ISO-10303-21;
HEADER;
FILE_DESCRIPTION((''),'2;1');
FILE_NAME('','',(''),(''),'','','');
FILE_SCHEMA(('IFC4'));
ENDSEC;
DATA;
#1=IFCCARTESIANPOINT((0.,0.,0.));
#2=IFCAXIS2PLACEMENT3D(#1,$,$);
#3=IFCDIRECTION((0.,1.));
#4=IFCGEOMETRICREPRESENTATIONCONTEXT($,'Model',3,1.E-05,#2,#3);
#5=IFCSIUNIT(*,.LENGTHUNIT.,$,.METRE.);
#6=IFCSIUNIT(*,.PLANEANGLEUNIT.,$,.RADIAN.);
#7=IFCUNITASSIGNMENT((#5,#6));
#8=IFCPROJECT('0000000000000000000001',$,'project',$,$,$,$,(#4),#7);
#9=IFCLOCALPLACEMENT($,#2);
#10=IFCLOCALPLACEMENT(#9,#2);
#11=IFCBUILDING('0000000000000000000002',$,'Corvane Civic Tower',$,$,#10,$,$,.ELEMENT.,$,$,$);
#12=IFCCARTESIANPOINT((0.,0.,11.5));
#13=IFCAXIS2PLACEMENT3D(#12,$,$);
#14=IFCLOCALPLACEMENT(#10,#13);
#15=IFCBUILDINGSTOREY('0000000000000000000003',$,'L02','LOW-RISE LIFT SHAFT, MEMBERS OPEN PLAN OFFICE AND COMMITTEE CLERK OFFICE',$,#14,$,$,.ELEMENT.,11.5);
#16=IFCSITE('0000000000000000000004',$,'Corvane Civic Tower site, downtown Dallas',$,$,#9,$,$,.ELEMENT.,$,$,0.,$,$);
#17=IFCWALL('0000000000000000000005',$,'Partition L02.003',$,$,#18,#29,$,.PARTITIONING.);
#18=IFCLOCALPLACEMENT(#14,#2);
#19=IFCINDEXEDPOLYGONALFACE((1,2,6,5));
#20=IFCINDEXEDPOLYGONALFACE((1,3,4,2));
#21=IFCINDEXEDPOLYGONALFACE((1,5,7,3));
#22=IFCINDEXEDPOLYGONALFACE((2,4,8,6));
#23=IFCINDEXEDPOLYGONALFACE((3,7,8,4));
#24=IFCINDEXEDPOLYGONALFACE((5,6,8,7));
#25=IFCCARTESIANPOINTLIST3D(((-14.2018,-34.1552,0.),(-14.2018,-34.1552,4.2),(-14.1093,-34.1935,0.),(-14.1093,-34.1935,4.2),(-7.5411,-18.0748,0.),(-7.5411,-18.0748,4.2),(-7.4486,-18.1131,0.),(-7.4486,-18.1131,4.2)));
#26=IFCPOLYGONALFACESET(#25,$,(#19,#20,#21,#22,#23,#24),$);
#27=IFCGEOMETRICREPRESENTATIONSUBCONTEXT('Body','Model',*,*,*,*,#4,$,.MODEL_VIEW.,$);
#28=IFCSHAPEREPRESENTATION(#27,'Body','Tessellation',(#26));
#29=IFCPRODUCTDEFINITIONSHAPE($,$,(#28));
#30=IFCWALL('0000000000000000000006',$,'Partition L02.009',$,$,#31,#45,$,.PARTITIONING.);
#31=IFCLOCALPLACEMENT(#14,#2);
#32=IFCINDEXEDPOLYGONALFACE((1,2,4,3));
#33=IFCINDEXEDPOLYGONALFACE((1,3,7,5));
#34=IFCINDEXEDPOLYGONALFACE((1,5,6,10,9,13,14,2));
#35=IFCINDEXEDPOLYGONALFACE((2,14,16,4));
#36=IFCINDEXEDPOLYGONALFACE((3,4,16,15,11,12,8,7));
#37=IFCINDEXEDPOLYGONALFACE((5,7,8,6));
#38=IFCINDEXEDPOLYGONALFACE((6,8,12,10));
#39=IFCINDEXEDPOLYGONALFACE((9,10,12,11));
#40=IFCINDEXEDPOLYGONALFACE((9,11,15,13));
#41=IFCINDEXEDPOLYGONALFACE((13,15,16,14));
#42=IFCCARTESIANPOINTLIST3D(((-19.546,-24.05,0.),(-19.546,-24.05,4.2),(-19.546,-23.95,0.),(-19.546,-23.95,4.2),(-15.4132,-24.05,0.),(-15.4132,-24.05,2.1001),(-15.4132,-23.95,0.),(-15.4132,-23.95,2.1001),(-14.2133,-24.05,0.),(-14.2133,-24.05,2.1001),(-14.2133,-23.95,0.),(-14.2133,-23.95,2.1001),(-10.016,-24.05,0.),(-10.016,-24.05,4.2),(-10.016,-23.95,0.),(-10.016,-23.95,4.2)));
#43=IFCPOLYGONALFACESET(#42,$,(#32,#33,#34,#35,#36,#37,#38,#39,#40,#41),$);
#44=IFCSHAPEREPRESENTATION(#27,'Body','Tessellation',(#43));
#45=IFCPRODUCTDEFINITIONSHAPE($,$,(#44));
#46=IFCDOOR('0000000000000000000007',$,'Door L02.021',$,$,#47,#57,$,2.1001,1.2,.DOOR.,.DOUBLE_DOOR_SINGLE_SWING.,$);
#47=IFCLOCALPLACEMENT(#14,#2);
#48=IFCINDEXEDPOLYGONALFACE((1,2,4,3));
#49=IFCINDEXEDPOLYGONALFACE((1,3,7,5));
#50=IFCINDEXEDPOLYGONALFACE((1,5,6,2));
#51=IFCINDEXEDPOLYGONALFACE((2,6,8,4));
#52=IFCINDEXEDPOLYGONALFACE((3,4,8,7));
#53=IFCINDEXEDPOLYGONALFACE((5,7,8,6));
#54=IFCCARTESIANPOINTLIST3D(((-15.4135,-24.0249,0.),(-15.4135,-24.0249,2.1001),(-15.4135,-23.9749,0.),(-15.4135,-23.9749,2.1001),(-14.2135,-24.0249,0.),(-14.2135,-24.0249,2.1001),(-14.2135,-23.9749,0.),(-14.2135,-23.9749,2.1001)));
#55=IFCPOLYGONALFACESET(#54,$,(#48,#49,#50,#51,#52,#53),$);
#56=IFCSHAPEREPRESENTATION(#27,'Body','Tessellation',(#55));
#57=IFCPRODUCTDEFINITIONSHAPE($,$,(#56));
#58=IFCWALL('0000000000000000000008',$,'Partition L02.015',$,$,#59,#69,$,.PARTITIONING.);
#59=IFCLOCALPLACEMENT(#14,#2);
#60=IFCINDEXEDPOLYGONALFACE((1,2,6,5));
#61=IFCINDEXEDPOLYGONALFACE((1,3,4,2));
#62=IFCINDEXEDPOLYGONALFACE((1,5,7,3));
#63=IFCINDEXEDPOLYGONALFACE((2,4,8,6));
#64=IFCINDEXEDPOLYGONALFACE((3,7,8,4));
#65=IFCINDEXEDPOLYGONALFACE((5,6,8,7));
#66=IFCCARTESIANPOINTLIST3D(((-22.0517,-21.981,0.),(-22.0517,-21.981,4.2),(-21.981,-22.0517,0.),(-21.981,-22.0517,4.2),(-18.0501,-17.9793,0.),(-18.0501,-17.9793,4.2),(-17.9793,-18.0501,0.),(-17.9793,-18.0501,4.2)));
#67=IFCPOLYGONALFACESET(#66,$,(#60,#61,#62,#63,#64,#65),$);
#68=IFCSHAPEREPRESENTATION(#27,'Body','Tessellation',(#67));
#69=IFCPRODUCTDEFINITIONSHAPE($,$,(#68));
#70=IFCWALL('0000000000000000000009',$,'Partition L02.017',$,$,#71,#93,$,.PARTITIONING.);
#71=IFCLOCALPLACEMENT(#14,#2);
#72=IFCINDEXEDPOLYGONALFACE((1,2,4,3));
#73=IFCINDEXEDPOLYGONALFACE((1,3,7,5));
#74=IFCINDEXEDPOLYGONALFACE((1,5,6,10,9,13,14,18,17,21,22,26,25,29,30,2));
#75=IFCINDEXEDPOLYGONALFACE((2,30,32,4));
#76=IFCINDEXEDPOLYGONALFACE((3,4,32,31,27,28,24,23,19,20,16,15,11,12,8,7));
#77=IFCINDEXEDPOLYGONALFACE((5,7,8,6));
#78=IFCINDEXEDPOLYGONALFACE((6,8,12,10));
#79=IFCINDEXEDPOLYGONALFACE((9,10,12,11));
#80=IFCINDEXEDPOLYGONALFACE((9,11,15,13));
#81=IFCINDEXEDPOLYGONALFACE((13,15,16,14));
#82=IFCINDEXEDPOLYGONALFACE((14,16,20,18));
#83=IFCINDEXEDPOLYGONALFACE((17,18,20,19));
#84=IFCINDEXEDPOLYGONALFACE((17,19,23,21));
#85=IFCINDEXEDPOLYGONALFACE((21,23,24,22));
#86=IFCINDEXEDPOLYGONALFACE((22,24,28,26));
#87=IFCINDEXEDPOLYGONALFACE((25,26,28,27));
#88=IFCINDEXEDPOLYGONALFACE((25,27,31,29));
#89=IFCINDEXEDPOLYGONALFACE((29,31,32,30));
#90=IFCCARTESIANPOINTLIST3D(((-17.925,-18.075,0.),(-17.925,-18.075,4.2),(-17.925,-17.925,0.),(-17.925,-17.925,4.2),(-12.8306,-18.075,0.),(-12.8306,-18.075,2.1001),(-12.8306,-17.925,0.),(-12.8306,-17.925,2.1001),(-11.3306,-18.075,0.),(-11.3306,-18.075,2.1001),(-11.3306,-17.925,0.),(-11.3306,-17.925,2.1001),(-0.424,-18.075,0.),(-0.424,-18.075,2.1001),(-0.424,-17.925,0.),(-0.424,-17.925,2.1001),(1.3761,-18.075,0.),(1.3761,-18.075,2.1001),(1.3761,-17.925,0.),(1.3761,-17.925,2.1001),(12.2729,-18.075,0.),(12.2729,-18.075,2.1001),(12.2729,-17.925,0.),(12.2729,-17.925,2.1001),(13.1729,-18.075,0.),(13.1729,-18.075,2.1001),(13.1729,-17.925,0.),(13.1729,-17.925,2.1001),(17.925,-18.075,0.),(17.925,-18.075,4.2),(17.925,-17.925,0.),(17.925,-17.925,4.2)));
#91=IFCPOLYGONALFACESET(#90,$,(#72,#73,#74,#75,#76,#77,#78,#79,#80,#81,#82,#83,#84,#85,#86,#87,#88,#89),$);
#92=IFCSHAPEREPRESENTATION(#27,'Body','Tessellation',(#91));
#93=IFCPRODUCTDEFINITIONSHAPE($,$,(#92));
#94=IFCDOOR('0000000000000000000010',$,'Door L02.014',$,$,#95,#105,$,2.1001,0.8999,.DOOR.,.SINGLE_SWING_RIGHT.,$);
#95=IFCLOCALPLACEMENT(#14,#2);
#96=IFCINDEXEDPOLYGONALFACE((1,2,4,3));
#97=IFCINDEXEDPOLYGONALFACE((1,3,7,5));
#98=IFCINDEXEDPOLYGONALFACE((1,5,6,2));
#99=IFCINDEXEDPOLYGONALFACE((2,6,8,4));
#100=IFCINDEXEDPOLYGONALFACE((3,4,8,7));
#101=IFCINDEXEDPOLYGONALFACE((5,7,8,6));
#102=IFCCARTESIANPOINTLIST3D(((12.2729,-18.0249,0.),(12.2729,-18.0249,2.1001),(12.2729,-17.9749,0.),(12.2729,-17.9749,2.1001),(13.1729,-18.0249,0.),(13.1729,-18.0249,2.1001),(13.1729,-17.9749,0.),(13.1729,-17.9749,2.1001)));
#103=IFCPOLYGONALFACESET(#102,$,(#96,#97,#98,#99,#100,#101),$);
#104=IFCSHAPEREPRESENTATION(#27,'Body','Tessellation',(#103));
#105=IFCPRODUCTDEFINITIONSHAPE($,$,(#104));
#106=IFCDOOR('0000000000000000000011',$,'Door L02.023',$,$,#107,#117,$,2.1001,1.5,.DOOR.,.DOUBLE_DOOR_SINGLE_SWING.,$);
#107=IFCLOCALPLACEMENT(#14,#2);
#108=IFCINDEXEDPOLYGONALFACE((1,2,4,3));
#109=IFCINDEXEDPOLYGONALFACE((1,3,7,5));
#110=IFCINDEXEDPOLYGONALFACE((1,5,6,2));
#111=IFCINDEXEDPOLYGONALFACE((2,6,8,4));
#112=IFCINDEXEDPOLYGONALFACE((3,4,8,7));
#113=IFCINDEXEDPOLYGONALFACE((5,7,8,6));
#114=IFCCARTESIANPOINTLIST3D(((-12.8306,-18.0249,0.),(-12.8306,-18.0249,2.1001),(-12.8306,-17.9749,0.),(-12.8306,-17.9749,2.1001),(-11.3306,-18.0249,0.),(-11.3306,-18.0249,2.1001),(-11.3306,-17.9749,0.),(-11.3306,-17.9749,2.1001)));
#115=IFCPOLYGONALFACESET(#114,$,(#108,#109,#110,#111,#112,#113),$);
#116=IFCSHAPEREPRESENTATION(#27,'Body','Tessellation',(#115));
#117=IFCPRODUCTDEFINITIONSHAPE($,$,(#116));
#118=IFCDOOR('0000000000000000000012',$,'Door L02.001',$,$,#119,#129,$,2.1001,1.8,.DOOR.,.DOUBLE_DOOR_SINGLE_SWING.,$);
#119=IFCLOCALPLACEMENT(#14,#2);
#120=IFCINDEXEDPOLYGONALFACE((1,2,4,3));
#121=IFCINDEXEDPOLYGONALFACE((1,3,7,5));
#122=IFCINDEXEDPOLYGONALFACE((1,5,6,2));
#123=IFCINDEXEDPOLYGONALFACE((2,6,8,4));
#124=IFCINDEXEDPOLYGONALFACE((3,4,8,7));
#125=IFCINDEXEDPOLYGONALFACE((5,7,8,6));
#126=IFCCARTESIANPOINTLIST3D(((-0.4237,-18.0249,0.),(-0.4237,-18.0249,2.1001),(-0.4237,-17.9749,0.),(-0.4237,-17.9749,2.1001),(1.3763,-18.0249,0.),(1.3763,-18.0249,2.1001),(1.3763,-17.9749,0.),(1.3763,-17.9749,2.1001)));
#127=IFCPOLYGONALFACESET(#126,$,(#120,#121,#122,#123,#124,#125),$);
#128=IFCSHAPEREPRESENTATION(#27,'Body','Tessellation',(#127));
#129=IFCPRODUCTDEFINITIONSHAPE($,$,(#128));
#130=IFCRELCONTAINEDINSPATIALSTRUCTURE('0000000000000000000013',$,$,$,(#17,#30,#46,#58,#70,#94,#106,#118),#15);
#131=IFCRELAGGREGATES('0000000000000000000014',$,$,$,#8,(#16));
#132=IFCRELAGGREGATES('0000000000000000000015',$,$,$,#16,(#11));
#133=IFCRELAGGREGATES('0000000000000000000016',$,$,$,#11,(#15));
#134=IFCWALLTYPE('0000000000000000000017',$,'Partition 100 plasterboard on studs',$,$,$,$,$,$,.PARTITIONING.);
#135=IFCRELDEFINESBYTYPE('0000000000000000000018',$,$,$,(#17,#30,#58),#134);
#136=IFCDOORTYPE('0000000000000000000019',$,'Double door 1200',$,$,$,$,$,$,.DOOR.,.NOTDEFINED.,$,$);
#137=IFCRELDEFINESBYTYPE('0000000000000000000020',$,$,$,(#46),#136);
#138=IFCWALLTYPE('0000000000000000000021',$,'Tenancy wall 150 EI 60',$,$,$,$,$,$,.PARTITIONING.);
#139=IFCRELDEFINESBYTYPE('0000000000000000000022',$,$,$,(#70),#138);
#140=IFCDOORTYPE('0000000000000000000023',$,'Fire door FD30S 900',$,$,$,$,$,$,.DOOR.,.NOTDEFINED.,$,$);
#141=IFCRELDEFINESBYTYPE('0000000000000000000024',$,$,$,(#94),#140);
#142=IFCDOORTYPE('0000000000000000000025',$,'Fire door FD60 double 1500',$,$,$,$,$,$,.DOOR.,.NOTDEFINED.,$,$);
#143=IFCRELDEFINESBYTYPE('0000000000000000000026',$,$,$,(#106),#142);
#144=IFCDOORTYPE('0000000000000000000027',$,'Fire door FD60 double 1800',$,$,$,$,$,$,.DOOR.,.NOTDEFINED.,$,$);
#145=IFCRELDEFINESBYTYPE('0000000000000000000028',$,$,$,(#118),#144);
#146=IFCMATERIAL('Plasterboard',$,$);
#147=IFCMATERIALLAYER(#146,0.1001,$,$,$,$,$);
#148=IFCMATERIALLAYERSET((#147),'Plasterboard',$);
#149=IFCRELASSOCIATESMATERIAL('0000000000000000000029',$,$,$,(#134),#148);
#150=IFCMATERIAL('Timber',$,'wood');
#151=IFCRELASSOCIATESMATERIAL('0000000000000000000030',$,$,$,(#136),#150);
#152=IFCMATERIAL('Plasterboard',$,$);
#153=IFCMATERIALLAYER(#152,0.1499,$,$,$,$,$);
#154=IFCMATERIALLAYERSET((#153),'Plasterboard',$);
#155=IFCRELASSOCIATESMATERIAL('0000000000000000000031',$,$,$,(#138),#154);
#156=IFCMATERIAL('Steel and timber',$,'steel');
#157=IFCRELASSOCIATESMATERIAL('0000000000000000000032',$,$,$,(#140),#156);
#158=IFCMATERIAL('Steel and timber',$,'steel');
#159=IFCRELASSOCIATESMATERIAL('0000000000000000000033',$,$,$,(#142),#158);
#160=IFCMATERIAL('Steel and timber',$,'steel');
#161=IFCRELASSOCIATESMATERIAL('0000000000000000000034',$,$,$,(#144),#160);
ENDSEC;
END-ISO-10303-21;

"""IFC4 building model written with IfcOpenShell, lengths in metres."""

from ifc_helpers import new_model, si_unit, direction, frame, frame_2d, origin, place, context, subcontext, project, spatial, rectangle, extrude, material, layer, layer_set, type_object, element, fill, save


model = new_model("IFC4")

# Units and contexts
model_context = context("Model", 3, precision=1e-05, world=origin(), true_north=direction((0.0, 1.0)))
body_context = subcontext(model_context, "Body", "Model", "MODEL_VIEW")
ifc_project = project(units=[si_unit("LENGTHUNIT", "METRE"), si_unit("PLANEANGLEUNIT", "RADIAN")], contexts=[model_context])

# Site, building, storey
site_placement = place(None, origin())
site = spatial("IfcSite", under=ifc_project, at=site_placement, Name="Corvane Civic Tower site, downtown Dallas", CompositionType="ELEMENT", RefElevation=0.0)
building_placement = place(site_placement, origin())
building = spatial("IfcBuilding", under=site, at=building_placement, Name="Corvane Civic Tower", CompositionType="ELEMENT")
storey_placement = place(building_placement, frame((0.0, 0.0, 11.5)))
storey = spatial("IfcBuildingStorey", under=building, at=storey_placement, Name="L02", Description="LOW-RISE LIFT SHAFT, MEMBERS OPEN PLAN OFFICE AND COMMITTEE CLERK OFFICE", CompositionType="ELEMENT", Elevation=11.5)

# Wall
ifc_material_1 = material(Name="Plasterboard")
ifc_layer_1 = layer(ifc_material_1, 0.1001)
ifc_layer_set_1 = layer_set([ifc_layer_1], Name="Plasterboard")
wall_type_1 = type_object("IfcWallType", Name="Partition 100 plasterboard on studs", PredefinedType="PARTITIONING", material=ifc_layer_set_1)
wall_1_placement = place(storey_placement, frame((-14.1555, -34.1743, 0.0), z_axis=(0.0, 0.0, 1.0), x_axis=(0.382681, 0.92388, 0.0)))
element("IfcWall", 1, at=wall_1_placement, inside=storey, type_object=wall_type_1, Name="Partition L02.003", PredefinedType="PARTITIONING", context=body_context, shape_type="SweptSolid", body=[
    extrude(rectangle(XDim=17.4053, YDim=0.1001, at=frame_2d((8.7026, 0.0))), origin(), (0.0, 0.0, 1.0), 4.2),
])

# Wall, opening, door
wall_2_placement = place(storey_placement, frame((-19.5461, -24.0, 0.0), z_axis=(0.0, 0.0, 1.0), x_axis=(1.0, 0.0, 0.0)))
wall_2 = element("IfcWall", 2, at=wall_2_placement, inside=storey, type_object=wall_type_1, Name="Partition L02.009", PredefinedType="PARTITIONING", context=body_context, shape_type="SweptSolid", body=[
    extrude(rectangle(XDim=9.53, YDim=0.1001, at=frame_2d((4.7651, 0.0))), origin(), (0.0, 0.0, 1.0), 4.2),
])
opening_1_placement = place(wall_2_placement, frame((4.1328, 0.0, 0.0)))
opening_1 = element("IfcOpeningElement", 3, at=opening_1_placement, cuts=wall_2, PredefinedType="OPENING", context=body_context, shape_type="SweptSolid", body=[
    extrude(rectangle(XDim=1.2, YDim=2.1001, at=frame_2d((0.6001, 1.05))), frame((0.0, 0.0601, 0.0), z_axis=(0.0, -1.0, 0.0), x_axis=(1.0, 0.0, 0.0)), (0.0, 0.0, 1.0), 0.1201),
])
ifc_material_2 = material(Name="Timber", Category="wood")
door_type_1 = type_object("IfcDoorType", Name="Double door 1200", OperationType="NOTDEFINED", PredefinedType="DOOR", material=ifc_material_2)
door_1_placement = place(opening_1_placement, frame((1.2, 0.0, 0.0), z_axis=(0.0, 0.0, 1.0), x_axis=(-1.0, 0.0, 0.0)))
door_1 = element("IfcDoor", 4, at=door_1_placement, inside=storey, type_object=door_type_1, Name="Door L02.021", OperationType="DOUBLE_DOOR_SINGLE_SWING", OverallHeight=2.1001, OverallWidth=1.2, PredefinedType="DOOR", context=body_context, shape_type="SweptSolid", body=[
    extrude(rectangle(XDim=1.2, YDim=2.1001, at=frame_2d((0.6001, 1.05))), frame((0.0, 0.0249, 0.0), z_axis=(0.0, -1.0, 0.0), x_axis=(1.0, 0.0, 0.0)), (0.0, 0.0, 1.0), 0.05),
])
fill(opening_1, door_1)

# Wall
wall_3_placement = place(storey_placement, frame((-22.0164, -22.0164, 0.0), z_axis=(0.0, 0.0, 1.0), x_axis=(0.707107, 0.707107, 0.0)))
element("IfcWall", 5, at=wall_3_placement, inside=storey, type_object=wall_type_1, Name="Partition L02.015", PredefinedType="PARTITIONING", context=body_context, shape_type="SweptSolid", body=[
    extrude(rectangle(XDim=5.6592, YDim=0.1001, at=frame_2d((2.8296, 0.0))), origin(), (0.0, 0.0, 1.0), 4.2),
])

# Wall, openings, doors
ifc_material_3 = material(Name="Plasterboard")
ifc_layer_2 = layer(ifc_material_3, 0.1499)
ifc_layer_set_2 = layer_set([ifc_layer_2], Name="Plasterboard")
wall_type_2 = type_object("IfcWallType", Name="Tenancy wall 150 EI 60", PredefinedType="PARTITIONING", material=ifc_layer_set_2)
wall_4_placement = place(storey_placement, frame((-17.925, -18.0, 0.0), z_axis=(0.0, 0.0, 1.0), x_axis=(1.0, 0.0, 0.0)))
wall_4 = element("IfcWall", 6, at=wall_4_placement, inside=storey, type_object=wall_type_2, Name="Partition L02.017", PredefinedType="PARTITIONING", context=body_context, shape_type="SweptSolid", body=[
    extrude(rectangle(XDim=35.8501, YDim=0.1499, at=frame_2d((17.925, 0.0))), origin(), (0.0, 0.0, 1.0), 4.2),
])
opening_2_placement = place(wall_4_placement, frame((17.5012, 0.0, 0.0)))
opening_2 = element("IfcOpeningElement", 7, at=opening_2_placement, cuts=wall_4, PredefinedType="OPENING", context=body_context, shape_type="SweptSolid", body=[
    extrude(rectangle(XDim=1.8, YDim=2.1001, at=frame_2d((0.8999, 1.05))), frame((0.0, 0.085, 0.0), z_axis=(0.0, -1.0, 0.0), x_axis=(1.0, 0.0, 0.0)), (0.0, 0.0, 1.0), 0.1699),
])
opening_3_placement = place(wall_4_placement, frame((30.198, 0.0, 0.0)))
opening_3 = element("IfcOpeningElement", 8, at=opening_3_placement, cuts=wall_4, PredefinedType="OPENING", context=body_context, shape_type="SweptSolid", body=[
    extrude(rectangle(XDim=0.8999, YDim=2.1001, at=frame_2d((0.45, 1.05))), frame((0.0, 0.085, 0.0), z_axis=(0.0, -1.0, 0.0), x_axis=(1.0, 0.0, 0.0)), (0.0, 0.0, 1.0), 0.1699),
])
opening_4_placement = place(wall_4_placement, frame((5.0945, 0.0, 0.0)))
opening_4 = element("IfcOpeningElement", 9, at=opening_4_placement, cuts=wall_4, PredefinedType="OPENING", context=body_context, shape_type="SweptSolid", body=[
    extrude(rectangle(XDim=1.5, YDim=2.1001, at=frame_2d((0.75, 1.05))), frame((0.0, 0.085, 0.0), z_axis=(0.0, -1.0, 0.0), x_axis=(1.0, 0.0, 0.0)), (0.0, 0.0, 1.0), 0.1699),
])
ifc_material_4 = material(Name="Steel and timber", Category="steel")
door_type_2 = type_object("IfcDoorType", Name="Fire door FD30S 900", OperationType="NOTDEFINED", PredefinedType="DOOR", material=ifc_material_4)
door_2_placement = place(opening_3_placement, frame((0.8999, 0.0, 0.0), z_axis=(0.0, 0.0, 1.0), x_axis=(-1.0, 0.0, 0.0)))
door_2 = element("IfcDoor", 10, at=door_2_placement, inside=storey, type_object=door_type_2, Name="Door L02.014", OperationType="SINGLE_SWING_RIGHT", OverallHeight=2.1001, OverallWidth=0.8999, PredefinedType="DOOR", context=body_context, shape_type="SweptSolid", body=[
    extrude(rectangle(XDim=0.8999, YDim=2.1001, at=frame_2d((0.45, 1.05))), frame((0.0, 0.0249, 0.0), z_axis=(0.0, -1.0, 0.0), x_axis=(1.0, 0.0, 0.0)), (0.0, 0.0, 1.0), 0.05),
])
fill(opening_3, door_2)
ifc_material_5 = material(Name="Steel and timber", Category="steel")
door_type_3 = type_object("IfcDoorType", Name="Fire door FD60 double 1500", OperationType="NOTDEFINED", PredefinedType="DOOR", material=ifc_material_5)
door_3_placement = place(opening_4_placement, frame((1.5, 0.0, 0.0), z_axis=(0.0, 0.0, 1.0), x_axis=(-1.0, 0.0, 0.0)))
door_3 = element("IfcDoor", 11, at=door_3_placement, inside=storey, type_object=door_type_3, Name="Door L02.023", OperationType="DOUBLE_DOOR_SINGLE_SWING", OverallHeight=2.1001, OverallWidth=1.5, PredefinedType="DOOR", context=body_context, shape_type="SweptSolid", body=[
    extrude(rectangle(XDim=1.5, YDim=2.1001, at=frame_2d((0.75, 1.05))), frame((0.0, 0.0249, 0.0), z_axis=(0.0, -1.0, 0.0), x_axis=(1.0, 0.0, 0.0)), (0.0, 0.0, 1.0), 0.05),
])
fill(opening_4, door_3)
ifc_material_6 = material(Name="Steel and timber", Category="steel")
door_type_4 = type_object("IfcDoorType", Name="Fire door FD60 double 1800", OperationType="NOTDEFINED", PredefinedType="DOOR", material=ifc_material_6)
door_4_placement = place(opening_2_placement, frame((1.8, 0.0, 0.0), z_axis=(0.0, 0.0, 1.0), x_axis=(-1.0, 0.0, 0.0)))
door_4 = element("IfcDoor", 12, at=door_4_placement, inside=storey, type_object=door_type_4, Name="Door L02.001", OperationType="DOUBLE_DOOR_SINGLE_SWING", OverallHeight=2.1001, OverallWidth=1.8, PredefinedType="DOOR", context=body_context, shape_type="SweptSolid", body=[
    extrude(rectangle(XDim=1.8, YDim=2.1001, at=frame_2d((0.8999, 1.05))), frame((0.0, 0.0249, 0.0), z_axis=(0.0, -1.0, 0.0), x_axis=(1.0, 0.0, 0.0)), (0.0, 0.0, 1.0), 0.05),
])
fill(opening_2, door_4)

save(model, "model.ifc")
